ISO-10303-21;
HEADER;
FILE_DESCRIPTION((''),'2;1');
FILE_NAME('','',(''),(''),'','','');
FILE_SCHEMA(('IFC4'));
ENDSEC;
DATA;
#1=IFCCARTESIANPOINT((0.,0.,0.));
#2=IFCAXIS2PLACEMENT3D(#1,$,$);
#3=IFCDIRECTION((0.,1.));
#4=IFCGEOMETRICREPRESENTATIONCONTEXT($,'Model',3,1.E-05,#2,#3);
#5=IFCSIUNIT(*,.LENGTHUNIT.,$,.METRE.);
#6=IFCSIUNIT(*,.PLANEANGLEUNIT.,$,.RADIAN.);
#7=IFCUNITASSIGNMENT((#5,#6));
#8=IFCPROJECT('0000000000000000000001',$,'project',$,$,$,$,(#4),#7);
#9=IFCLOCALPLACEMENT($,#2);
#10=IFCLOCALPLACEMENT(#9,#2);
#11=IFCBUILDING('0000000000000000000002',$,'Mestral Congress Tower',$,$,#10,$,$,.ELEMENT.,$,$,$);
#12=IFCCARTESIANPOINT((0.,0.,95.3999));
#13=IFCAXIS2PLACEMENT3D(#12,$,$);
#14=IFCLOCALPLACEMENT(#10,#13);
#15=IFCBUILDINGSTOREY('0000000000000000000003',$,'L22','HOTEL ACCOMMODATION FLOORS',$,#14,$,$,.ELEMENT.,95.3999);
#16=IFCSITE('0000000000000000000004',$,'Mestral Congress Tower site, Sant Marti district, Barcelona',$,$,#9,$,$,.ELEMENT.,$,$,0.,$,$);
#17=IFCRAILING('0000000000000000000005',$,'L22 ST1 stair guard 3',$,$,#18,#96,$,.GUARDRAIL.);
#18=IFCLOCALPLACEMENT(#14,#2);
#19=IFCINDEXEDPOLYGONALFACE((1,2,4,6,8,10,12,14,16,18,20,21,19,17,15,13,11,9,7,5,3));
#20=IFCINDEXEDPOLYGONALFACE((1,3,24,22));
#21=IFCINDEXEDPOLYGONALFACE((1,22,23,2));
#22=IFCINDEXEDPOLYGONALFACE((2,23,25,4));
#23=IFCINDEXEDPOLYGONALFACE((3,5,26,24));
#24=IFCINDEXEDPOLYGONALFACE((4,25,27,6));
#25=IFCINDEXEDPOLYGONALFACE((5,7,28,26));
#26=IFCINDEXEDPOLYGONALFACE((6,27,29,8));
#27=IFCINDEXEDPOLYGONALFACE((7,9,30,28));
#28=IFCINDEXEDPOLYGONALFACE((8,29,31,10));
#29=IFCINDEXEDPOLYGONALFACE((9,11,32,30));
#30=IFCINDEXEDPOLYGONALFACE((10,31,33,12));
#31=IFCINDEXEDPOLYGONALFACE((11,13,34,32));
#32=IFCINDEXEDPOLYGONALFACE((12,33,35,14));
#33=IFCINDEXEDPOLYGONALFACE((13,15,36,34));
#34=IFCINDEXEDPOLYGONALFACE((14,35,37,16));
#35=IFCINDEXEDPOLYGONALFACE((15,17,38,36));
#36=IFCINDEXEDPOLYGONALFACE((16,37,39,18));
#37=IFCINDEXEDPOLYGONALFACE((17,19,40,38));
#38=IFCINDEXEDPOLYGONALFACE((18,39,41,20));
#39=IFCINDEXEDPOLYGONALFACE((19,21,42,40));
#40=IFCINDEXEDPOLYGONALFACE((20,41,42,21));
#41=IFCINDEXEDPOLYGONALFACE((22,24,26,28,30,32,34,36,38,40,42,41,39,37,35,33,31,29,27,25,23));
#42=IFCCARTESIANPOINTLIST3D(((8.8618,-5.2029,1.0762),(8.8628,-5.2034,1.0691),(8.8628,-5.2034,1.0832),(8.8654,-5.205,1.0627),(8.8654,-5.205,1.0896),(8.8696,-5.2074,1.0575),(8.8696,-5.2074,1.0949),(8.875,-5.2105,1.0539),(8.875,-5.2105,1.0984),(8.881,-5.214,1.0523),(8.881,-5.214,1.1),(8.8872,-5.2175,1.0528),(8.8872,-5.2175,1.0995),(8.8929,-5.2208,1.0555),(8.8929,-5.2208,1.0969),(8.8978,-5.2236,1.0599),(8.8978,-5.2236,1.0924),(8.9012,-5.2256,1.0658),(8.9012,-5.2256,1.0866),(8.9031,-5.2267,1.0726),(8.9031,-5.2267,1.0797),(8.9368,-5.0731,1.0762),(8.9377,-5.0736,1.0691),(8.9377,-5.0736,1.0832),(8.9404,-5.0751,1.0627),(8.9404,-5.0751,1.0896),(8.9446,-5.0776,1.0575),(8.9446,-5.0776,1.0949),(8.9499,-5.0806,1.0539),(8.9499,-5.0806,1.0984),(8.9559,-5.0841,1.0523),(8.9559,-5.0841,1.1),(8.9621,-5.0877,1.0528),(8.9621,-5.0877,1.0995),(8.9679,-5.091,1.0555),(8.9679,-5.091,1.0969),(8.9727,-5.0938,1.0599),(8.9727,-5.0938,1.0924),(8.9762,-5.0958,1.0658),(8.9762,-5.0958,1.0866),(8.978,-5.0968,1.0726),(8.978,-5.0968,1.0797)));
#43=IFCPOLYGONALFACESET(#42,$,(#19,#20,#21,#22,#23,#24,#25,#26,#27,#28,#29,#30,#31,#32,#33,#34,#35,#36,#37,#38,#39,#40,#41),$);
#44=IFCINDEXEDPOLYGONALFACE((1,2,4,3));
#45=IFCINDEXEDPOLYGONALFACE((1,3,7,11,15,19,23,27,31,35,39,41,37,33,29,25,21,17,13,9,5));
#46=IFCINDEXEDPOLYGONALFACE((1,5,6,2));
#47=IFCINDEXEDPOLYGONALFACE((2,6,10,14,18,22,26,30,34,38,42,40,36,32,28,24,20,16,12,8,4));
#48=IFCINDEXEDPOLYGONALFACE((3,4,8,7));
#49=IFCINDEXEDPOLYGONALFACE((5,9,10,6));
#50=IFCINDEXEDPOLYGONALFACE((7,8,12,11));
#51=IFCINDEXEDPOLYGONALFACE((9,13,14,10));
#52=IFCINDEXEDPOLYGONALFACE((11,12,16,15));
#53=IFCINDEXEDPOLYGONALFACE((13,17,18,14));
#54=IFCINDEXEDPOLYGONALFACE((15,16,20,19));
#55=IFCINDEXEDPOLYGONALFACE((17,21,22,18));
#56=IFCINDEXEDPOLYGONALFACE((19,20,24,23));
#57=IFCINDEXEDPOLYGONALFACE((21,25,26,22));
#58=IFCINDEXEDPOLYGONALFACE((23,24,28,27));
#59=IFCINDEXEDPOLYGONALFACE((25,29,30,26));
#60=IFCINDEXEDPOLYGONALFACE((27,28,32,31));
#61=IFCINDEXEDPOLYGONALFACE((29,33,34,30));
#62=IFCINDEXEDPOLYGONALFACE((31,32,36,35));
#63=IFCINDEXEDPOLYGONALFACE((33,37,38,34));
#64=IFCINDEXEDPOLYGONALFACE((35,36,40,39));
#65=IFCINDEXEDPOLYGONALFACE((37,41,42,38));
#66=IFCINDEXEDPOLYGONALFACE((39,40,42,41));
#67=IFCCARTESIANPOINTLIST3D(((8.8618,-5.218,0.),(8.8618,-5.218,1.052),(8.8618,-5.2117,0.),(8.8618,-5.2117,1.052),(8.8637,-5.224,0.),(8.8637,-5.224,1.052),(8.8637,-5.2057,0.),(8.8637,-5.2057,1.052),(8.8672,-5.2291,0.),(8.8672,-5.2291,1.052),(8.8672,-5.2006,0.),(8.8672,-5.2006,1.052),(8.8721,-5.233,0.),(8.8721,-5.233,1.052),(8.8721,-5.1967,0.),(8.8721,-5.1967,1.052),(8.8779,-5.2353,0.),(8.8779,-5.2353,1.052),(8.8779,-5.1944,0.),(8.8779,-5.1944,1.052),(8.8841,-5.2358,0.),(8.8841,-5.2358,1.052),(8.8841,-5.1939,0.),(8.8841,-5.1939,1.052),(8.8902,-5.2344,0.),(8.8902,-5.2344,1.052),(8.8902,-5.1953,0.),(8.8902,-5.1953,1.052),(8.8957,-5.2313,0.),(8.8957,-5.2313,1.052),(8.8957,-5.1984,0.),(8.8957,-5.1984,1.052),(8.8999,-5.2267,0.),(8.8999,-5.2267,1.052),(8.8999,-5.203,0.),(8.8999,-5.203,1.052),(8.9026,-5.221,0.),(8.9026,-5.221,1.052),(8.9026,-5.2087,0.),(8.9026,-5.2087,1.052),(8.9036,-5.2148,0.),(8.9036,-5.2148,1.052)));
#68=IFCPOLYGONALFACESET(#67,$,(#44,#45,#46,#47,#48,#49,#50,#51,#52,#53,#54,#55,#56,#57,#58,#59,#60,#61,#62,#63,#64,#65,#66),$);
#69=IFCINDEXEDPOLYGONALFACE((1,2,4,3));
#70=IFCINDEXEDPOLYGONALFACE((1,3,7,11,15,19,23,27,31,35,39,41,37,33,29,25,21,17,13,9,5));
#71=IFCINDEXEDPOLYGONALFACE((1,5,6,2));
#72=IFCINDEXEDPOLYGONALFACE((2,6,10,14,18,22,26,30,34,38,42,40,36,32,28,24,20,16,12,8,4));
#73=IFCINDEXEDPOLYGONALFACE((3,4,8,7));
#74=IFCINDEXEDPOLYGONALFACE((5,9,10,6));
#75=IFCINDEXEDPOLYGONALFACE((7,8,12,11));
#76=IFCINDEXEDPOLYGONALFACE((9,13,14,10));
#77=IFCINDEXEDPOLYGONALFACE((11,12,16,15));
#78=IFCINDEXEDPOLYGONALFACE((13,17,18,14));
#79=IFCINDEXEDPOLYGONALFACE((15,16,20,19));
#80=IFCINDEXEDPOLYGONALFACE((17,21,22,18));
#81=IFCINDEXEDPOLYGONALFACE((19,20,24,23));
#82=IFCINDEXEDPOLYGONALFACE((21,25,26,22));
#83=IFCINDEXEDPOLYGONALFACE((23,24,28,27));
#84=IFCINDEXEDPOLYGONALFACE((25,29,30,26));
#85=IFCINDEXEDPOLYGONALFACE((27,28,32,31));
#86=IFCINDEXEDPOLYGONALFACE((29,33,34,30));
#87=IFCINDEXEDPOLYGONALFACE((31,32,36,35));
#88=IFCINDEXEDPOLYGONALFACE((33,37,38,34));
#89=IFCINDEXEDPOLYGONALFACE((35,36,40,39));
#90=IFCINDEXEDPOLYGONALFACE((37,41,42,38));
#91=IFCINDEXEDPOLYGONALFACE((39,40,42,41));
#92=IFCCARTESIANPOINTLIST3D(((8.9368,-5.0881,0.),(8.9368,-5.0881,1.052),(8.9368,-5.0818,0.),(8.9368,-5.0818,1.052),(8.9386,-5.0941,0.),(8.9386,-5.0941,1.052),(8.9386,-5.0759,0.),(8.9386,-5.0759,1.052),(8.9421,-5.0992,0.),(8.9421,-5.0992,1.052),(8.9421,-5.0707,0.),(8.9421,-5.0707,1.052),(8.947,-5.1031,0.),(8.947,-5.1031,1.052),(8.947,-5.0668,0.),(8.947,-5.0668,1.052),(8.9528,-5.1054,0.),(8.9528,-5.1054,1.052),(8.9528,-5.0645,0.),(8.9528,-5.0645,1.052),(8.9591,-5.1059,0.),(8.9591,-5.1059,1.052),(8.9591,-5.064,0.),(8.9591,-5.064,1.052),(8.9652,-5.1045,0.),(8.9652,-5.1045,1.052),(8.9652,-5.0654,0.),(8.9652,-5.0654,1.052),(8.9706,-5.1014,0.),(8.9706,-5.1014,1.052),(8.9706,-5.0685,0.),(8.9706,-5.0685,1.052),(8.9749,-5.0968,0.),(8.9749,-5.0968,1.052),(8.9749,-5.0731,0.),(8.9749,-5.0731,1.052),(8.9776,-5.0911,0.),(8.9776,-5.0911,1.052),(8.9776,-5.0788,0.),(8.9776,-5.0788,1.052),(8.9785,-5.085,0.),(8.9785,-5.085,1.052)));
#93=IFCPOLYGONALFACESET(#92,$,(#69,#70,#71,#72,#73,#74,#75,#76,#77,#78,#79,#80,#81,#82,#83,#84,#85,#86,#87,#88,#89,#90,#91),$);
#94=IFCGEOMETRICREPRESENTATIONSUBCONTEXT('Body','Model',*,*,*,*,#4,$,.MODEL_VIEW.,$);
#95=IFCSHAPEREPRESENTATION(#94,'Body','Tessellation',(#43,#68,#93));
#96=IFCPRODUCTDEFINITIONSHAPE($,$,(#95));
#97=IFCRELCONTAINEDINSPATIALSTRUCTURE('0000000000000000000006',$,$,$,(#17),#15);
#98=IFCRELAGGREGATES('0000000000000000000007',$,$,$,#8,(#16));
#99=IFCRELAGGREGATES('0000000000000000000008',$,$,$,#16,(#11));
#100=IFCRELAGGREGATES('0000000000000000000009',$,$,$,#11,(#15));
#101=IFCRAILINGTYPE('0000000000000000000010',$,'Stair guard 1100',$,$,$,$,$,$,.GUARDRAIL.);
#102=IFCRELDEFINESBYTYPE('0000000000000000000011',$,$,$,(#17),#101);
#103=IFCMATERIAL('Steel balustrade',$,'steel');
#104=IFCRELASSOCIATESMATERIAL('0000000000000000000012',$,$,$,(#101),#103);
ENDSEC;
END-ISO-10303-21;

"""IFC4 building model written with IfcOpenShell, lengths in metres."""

from ifc_helpers import new_model, si_unit, direction, frame, origin, origin_2d, place, context, subcontext, project, spatial, circle, extrude, material, type_object, element, save


model = new_model("IFC4")

# Units and contexts
model_context = context("Model", 3, precision=1e-05, world=origin(), true_north=direction((0.0, 1.0)))
body_context = subcontext(model_context, "Body", "Model", "MODEL_VIEW")
ifc_project = project(units=[si_unit("LENGTHUNIT", "METRE"), si_unit("PLANEANGLEUNIT", "RADIAN")], contexts=[model_context])

# Site, building, storey
site_placement = place(None, origin())
site = spatial("IfcSite", under=ifc_project, at=site_placement, Name="Mestral Congress Tower site, Sant Marti district, Barcelona", CompositionType="ELEMENT", RefElevation=0.0)
building_placement = place(site_placement, origin())
building = spatial("IfcBuilding", under=site, at=building_placement, Name="Mestral Congress Tower", CompositionType="ELEMENT")
storey_placement = place(building_placement, frame((0.0, 0.0, 95.3999)))
storey = spatial("IfcBuildingStorey", under=building, at=storey_placement, Name="L22", Description="HOTEL ACCOMMODATION FLOORS", CompositionType="ELEMENT", Elevation=95.3999)

# Railing
ifc_material_1 = material(Name="Steel balustrade", Category="steel")
railing_type_1 = type_object("IfcRailingType", Name="Stair guard 1100", PredefinedType="GUARDRAIL", material=ifc_material_1)
railing_1_placement = place(storey_placement, frame((8.8826, -5.2148, 0.0)))
element("IfcRailing", 1, at=railing_1_placement, inside=storey, type_object=railing_type_1, Name="L22 ST1 stair guard 3", PredefinedType="GUARDRAIL", context=body_context, shape_type="SweptSolid", body=[
    extrude(circle(Radius=0.0239, at=origin_2d()), frame((0.0, 0.0, 1.0762), z_axis=(0.499816, 0.866131, 0.0), x_axis=(-0.866131, 0.499816, 0.0)), (0.0, 0.0, 1.0), 0.1499),
    extrude(circle(Radius=0.021, at=origin_2d()), origin(), (0.0, 0.0, 1.0), 1.052),
    extrude(circle(Radius=0.021, at=origin_2d()), frame((0.075, 0.1299, 0.0)), (0.0, 0.0, 1.0), 1.052),
])

save(model, "model.ifc")
